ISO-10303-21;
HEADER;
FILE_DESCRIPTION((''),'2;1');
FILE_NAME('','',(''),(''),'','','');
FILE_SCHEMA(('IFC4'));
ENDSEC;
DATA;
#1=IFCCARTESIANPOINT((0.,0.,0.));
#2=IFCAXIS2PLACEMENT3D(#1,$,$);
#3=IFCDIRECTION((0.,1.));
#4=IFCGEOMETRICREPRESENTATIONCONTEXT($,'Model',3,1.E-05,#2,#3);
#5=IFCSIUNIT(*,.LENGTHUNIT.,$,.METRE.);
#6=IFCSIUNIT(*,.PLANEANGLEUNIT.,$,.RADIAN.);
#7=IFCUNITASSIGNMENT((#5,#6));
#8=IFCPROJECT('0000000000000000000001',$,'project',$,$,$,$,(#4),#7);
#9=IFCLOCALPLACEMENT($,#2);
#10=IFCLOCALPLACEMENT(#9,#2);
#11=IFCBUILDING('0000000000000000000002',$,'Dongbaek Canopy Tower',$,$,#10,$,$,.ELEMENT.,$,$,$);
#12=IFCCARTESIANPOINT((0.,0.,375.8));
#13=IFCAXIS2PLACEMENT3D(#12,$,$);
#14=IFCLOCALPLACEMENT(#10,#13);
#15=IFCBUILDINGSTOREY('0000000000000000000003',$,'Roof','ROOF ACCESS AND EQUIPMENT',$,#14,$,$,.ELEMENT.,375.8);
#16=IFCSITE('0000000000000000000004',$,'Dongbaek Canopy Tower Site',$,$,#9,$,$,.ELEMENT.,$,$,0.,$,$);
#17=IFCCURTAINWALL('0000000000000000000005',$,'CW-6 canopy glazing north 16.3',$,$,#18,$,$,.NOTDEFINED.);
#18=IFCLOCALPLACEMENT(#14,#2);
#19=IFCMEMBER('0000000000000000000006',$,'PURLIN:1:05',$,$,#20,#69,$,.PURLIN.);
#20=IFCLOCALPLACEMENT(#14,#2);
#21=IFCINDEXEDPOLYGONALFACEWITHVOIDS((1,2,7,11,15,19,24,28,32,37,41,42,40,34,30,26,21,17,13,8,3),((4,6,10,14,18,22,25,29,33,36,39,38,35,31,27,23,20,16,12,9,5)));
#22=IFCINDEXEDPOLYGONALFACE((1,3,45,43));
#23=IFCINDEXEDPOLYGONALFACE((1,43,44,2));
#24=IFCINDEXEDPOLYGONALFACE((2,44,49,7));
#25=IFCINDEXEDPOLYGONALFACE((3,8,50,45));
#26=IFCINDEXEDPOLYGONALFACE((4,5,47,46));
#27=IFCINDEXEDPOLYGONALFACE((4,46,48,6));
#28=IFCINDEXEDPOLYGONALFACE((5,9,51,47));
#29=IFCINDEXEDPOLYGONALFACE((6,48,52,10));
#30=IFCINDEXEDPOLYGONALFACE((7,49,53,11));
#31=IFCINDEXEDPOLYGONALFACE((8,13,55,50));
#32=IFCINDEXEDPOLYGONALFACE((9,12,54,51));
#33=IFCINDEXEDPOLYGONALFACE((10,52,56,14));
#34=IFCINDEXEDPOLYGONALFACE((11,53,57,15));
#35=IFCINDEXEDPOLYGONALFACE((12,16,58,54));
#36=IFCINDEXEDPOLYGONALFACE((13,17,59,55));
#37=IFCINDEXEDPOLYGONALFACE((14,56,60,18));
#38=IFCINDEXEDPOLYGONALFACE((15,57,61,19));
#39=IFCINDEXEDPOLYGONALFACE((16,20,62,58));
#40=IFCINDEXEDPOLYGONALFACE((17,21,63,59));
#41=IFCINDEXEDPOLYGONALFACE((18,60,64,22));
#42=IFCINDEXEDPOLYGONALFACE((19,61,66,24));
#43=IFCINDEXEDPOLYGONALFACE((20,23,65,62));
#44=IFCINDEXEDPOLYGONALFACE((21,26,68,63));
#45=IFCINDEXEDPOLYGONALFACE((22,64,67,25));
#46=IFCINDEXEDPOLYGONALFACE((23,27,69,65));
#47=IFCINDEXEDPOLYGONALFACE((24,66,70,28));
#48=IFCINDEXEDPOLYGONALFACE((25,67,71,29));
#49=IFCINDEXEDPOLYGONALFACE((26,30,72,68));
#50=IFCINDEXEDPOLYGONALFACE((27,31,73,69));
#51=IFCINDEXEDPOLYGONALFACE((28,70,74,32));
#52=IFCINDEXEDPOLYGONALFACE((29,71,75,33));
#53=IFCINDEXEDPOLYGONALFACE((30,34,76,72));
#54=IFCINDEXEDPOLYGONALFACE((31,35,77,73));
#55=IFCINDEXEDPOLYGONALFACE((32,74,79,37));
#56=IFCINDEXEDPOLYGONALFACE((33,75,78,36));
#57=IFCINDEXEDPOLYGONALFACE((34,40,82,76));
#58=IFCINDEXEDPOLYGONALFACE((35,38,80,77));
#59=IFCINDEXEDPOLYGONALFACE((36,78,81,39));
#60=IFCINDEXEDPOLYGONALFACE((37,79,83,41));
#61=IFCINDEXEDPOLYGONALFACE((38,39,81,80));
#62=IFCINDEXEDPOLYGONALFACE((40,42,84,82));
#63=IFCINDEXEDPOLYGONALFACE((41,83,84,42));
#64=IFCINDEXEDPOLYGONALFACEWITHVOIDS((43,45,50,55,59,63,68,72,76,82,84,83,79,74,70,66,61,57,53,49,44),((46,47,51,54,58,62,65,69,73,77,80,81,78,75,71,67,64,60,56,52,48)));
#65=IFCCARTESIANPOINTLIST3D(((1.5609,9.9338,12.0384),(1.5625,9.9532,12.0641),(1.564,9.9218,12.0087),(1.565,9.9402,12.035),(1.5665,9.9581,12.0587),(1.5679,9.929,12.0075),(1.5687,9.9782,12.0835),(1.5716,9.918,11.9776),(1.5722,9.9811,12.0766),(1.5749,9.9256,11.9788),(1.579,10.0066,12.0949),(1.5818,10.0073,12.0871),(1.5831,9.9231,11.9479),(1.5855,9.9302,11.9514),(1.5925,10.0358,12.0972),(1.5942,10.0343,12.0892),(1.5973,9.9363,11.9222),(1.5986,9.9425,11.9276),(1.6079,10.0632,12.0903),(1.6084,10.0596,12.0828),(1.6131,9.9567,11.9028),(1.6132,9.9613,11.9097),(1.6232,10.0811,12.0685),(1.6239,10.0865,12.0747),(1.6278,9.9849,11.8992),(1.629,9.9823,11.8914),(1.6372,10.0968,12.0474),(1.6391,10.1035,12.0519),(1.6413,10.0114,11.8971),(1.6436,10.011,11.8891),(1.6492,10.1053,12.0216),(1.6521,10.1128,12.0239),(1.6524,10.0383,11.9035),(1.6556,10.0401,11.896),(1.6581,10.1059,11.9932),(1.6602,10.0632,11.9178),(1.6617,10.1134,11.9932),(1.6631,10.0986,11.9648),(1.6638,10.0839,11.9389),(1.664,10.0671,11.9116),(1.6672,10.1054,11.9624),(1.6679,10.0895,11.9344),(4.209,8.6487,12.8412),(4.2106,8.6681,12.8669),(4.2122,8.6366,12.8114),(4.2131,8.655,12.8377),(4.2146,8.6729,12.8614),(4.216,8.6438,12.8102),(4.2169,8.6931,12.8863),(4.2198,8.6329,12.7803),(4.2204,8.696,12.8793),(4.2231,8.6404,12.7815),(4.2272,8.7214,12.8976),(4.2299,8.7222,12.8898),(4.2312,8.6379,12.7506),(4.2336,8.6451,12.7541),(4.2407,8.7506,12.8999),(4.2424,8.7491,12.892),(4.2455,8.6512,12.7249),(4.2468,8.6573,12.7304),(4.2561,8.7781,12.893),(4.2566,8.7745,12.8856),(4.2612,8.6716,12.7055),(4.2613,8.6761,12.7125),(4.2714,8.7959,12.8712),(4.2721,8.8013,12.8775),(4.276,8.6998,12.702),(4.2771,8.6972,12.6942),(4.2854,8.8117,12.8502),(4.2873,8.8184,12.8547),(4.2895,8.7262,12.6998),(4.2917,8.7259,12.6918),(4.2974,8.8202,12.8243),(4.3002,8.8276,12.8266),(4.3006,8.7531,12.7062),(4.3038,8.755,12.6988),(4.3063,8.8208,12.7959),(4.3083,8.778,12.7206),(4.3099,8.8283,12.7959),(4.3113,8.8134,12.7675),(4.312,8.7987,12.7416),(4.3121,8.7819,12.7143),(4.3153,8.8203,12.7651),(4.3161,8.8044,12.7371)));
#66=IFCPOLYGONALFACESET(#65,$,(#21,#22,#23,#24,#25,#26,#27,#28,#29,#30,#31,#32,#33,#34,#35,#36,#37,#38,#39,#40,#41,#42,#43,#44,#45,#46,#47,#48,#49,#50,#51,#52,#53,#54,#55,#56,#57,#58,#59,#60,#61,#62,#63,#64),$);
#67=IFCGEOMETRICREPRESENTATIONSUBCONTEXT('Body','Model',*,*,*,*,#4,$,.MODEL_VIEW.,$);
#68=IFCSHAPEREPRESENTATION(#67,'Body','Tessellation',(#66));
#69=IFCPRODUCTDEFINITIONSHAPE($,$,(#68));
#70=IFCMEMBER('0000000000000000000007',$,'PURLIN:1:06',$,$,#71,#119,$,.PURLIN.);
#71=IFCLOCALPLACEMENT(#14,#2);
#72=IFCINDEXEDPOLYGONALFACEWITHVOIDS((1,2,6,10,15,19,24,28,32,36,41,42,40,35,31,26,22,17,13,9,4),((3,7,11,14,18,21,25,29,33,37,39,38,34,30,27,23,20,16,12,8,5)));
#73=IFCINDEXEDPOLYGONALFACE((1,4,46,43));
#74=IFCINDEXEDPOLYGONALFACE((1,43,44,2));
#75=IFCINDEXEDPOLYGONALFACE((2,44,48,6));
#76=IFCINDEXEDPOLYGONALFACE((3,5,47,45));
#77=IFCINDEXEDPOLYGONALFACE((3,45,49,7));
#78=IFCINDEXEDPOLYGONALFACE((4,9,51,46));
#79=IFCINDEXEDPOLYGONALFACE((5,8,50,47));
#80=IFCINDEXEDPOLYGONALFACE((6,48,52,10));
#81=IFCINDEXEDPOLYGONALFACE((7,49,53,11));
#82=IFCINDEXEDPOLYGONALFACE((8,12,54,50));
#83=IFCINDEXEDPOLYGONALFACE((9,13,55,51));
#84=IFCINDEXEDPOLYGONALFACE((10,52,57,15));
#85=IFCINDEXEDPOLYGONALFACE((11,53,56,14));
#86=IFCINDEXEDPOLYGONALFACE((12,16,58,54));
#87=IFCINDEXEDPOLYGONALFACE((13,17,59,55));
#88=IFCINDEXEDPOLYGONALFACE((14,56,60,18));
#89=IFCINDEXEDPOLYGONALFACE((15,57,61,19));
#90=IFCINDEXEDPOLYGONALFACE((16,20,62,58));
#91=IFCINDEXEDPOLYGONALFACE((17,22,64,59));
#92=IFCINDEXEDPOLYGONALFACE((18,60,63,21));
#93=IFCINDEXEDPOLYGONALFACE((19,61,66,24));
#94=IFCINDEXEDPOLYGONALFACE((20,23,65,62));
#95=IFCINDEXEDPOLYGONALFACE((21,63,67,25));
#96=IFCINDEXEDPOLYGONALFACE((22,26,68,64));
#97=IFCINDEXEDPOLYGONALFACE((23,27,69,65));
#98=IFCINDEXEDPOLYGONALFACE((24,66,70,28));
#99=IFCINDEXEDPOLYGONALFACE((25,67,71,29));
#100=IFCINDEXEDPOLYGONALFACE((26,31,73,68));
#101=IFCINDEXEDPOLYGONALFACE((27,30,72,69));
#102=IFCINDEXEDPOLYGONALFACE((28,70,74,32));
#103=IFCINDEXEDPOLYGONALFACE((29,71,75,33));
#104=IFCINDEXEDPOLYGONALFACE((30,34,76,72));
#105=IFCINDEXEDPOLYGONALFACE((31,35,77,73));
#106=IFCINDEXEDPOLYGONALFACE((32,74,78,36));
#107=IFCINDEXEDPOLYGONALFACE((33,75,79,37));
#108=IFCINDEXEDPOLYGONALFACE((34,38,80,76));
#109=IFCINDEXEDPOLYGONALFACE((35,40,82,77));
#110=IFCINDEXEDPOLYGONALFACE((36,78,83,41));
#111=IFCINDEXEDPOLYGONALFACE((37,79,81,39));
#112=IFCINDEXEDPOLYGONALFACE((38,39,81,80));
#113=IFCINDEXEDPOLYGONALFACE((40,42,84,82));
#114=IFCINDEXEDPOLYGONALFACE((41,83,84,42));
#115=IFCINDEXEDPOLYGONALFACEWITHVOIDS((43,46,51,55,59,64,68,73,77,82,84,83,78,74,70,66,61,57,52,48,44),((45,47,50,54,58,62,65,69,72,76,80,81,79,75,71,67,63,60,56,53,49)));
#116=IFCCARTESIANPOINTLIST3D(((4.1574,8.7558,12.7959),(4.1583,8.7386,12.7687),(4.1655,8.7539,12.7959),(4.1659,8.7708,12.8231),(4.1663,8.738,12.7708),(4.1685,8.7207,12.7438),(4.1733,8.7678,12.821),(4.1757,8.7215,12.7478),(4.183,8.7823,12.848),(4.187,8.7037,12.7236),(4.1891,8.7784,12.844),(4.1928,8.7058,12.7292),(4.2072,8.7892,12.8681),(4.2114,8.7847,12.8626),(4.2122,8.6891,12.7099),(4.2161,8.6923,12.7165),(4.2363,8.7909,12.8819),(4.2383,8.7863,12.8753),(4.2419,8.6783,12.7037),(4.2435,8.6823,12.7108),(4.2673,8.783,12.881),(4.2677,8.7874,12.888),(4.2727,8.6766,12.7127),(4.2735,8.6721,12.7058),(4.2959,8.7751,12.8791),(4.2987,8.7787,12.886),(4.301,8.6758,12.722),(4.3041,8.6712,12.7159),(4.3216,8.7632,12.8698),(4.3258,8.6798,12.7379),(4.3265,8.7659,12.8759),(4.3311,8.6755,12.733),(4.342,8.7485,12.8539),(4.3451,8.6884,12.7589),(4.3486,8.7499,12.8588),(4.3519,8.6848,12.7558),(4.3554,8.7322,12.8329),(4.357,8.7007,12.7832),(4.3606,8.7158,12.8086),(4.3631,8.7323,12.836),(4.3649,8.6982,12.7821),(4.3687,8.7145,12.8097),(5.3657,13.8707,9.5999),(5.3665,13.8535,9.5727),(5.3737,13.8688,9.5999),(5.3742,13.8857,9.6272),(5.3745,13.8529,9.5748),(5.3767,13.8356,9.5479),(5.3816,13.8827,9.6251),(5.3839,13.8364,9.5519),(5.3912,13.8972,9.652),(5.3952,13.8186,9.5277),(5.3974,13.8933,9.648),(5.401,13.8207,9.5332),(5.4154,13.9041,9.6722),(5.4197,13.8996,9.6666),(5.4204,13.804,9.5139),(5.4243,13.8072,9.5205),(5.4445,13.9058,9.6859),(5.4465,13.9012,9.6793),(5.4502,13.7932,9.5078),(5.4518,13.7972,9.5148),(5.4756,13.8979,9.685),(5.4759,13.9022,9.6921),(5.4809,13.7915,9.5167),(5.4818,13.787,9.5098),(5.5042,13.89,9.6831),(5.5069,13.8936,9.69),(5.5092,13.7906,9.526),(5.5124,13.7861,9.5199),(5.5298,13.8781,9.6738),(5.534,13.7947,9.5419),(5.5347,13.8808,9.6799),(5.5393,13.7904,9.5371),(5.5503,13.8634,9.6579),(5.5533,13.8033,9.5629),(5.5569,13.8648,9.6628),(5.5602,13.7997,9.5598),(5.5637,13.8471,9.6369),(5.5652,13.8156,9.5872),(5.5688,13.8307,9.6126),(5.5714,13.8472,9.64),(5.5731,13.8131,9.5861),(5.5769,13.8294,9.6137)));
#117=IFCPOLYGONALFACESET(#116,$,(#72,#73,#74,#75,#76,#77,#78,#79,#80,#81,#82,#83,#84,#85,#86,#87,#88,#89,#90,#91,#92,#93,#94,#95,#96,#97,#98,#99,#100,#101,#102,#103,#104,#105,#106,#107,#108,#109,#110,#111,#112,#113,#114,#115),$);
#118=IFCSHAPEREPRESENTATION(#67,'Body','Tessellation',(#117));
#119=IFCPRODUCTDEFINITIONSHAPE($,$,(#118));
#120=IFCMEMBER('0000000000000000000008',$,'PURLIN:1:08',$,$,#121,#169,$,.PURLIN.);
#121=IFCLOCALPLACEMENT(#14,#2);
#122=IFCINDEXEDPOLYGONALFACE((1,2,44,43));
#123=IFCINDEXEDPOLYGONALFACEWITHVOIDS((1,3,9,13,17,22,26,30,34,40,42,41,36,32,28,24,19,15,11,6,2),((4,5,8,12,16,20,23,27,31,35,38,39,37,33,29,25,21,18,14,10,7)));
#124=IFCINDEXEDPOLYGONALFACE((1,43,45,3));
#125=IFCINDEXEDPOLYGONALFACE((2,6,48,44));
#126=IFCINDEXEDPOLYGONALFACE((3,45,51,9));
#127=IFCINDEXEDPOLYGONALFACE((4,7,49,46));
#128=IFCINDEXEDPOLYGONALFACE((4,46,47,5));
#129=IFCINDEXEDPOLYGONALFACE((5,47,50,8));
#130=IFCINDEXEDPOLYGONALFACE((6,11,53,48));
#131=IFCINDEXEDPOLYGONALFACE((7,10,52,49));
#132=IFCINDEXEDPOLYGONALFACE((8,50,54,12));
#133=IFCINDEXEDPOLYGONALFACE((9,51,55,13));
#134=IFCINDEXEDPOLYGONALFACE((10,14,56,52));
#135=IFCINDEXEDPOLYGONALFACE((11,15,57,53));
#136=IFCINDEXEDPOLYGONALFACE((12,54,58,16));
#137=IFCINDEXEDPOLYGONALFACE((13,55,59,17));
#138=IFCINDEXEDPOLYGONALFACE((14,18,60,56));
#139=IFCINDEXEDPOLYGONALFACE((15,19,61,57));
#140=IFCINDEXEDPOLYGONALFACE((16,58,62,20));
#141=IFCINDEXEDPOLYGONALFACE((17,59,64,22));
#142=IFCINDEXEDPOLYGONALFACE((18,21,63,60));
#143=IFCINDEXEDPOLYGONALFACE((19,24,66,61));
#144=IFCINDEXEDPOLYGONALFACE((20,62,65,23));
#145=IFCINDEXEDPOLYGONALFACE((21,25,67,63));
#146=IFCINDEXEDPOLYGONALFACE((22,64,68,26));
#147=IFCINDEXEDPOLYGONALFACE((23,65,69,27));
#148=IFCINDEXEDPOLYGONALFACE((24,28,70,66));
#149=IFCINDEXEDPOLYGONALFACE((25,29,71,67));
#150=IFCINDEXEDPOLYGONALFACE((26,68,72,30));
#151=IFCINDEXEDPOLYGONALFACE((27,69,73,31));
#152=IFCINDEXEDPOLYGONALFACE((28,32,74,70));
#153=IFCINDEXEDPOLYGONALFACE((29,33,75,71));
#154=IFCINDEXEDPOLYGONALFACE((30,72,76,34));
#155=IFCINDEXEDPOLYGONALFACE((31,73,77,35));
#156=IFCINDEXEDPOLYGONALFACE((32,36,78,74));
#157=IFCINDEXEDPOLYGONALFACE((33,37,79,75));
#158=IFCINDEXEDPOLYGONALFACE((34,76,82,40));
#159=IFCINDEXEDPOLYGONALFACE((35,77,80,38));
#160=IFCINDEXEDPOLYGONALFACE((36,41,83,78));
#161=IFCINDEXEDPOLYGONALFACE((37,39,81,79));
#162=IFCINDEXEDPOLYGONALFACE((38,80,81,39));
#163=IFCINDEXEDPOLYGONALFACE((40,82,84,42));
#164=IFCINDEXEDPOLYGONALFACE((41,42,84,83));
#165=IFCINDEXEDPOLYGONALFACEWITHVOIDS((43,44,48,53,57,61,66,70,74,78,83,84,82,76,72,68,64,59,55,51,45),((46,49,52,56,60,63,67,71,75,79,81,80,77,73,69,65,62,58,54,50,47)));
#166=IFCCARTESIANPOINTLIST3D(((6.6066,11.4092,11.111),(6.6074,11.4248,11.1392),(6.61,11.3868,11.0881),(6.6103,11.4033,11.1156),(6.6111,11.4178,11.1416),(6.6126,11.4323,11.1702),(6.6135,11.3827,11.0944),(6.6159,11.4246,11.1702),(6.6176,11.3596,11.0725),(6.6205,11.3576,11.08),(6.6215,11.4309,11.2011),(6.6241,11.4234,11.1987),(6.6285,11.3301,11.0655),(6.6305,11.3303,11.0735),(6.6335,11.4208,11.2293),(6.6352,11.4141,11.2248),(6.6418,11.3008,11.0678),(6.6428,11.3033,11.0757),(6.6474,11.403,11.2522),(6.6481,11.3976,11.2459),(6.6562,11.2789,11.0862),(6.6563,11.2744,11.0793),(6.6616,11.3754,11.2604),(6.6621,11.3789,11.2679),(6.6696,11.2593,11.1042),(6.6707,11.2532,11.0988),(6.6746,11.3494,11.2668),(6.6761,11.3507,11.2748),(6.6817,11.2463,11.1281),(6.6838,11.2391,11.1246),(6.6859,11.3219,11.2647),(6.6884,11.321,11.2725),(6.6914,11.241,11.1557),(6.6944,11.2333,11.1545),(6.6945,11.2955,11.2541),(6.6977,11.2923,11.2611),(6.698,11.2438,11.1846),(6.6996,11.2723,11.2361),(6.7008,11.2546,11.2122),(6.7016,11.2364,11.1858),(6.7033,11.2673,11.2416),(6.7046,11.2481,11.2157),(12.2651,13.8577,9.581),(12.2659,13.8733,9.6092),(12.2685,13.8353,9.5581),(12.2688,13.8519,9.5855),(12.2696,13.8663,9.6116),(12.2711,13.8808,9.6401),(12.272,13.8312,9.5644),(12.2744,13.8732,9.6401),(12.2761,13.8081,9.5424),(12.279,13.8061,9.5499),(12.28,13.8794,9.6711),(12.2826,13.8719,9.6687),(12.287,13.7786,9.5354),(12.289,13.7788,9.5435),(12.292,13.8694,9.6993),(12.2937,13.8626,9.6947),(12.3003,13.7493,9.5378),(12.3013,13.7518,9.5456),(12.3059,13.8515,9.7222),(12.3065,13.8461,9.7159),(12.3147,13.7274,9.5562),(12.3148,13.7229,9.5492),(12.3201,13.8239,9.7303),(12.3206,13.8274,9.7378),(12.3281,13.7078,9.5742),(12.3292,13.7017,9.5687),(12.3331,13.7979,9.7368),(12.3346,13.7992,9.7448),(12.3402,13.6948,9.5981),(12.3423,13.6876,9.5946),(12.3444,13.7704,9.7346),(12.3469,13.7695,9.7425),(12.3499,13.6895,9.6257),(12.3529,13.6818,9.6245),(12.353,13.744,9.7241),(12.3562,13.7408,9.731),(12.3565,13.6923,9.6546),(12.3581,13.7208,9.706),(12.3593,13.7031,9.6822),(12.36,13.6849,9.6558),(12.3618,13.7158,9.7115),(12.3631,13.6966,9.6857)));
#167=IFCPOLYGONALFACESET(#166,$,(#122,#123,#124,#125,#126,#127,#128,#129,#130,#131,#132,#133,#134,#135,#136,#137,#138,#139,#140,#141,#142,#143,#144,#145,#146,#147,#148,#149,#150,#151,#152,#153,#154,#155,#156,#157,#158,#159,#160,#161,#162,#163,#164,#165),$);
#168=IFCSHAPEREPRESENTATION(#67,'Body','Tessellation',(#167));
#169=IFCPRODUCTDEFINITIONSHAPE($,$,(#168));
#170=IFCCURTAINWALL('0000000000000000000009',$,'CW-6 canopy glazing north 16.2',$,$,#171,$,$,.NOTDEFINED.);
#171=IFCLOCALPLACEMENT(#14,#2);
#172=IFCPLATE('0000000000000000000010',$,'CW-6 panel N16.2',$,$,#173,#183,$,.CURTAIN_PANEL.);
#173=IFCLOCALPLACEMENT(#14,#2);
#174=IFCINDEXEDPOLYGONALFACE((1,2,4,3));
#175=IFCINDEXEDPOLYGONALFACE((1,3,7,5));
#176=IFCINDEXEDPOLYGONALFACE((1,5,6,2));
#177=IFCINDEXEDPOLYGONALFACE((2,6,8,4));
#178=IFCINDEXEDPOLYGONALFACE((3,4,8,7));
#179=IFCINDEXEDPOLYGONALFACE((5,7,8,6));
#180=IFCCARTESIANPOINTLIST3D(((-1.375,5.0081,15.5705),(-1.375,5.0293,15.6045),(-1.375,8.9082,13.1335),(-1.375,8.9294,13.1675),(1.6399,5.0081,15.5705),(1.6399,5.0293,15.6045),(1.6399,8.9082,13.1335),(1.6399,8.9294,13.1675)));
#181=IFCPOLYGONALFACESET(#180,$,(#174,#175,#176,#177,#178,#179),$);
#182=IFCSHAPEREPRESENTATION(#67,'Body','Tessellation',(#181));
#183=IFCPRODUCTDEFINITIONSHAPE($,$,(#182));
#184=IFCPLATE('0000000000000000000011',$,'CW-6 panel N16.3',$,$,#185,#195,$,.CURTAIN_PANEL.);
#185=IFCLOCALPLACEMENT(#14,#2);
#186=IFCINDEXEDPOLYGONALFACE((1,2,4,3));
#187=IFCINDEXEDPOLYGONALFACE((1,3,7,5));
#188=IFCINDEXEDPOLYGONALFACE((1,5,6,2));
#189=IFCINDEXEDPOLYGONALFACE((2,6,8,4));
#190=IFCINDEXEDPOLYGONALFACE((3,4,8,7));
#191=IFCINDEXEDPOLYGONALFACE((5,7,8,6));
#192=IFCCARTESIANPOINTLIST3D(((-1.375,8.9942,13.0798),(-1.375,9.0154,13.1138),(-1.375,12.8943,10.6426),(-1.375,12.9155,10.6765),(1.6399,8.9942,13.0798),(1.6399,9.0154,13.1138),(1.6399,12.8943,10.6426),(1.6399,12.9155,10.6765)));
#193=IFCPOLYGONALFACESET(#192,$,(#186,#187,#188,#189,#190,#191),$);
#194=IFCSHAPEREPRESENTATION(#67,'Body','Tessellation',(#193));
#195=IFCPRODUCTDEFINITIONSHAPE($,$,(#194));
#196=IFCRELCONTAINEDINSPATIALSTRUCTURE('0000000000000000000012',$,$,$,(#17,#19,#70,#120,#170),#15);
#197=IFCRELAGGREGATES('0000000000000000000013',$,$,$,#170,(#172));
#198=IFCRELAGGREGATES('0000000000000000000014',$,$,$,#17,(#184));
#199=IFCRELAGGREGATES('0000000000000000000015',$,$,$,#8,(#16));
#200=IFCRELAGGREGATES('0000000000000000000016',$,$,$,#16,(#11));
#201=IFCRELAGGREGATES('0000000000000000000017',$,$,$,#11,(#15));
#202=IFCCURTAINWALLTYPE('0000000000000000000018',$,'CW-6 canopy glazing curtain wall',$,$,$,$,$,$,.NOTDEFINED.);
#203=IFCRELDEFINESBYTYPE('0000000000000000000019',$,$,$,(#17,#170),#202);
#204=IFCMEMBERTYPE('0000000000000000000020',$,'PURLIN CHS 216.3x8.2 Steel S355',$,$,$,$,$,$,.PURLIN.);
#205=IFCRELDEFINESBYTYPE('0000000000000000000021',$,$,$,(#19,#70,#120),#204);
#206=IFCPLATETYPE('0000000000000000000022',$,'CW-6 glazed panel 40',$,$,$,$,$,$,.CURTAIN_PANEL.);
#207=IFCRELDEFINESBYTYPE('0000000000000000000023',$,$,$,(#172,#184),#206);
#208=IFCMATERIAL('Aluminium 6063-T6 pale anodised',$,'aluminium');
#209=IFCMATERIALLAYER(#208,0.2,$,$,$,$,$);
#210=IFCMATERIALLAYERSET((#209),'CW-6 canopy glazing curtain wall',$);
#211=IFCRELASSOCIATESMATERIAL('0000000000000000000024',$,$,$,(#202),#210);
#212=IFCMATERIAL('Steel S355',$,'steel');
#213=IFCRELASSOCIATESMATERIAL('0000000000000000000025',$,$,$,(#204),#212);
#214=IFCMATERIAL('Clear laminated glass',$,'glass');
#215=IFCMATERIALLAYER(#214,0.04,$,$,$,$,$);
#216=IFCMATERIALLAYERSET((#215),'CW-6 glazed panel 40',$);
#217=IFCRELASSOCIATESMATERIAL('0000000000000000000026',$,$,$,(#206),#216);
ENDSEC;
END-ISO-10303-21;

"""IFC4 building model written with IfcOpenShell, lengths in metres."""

from ifc_helpers import new_model, si_unit, direction, frame, origin, origin_2d, place, context, subcontext, project, spatial, polyline, hollow_circle, outline, extrude, material, layer, layer_set, material_profile, profile_set, type_object, element, aggregate, save


model = new_model("IFC4")

# Units and contexts
model_context = context("Model", 3, precision=1e-05, world=origin(), true_north=direction((0.0, 1.0)))
body_context = subcontext(model_context, "Body", "Model", "MODEL_VIEW")
ifc_project = project(units=[si_unit("LENGTHUNIT", "METRE"), si_unit("PLANEANGLEUNIT", "RADIAN")], contexts=[model_context])

# Site, building, storey
site_placement = place(None, origin())
site = spatial("IfcSite", under=ifc_project, at=site_placement, Name="Dongbaek Canopy Tower Site", CompositionType="ELEMENT", RefElevation=0.0)
building_placement = place(site_placement, origin())
building = spatial("IfcBuilding", under=site, at=building_placement, Name="Dongbaek Canopy Tower", CompositionType="ELEMENT")
storey_placement = place(building_placement, frame((0.0, 0.0, 375.8)))
storey = spatial("IfcBuildingStorey", under=building, at=storey_placement, Name="Roof", Description="ROOF ACCESS AND EQUIPMENT", CompositionType="ELEMENT", Elevation=375.8)

# Curtain wall
ifc_material_1 = material(Name="Aluminium 6063-T6 pale anodised", Category="aluminium")
ifc_layer_1 = layer(ifc_material_1, 0.2)
ifc_layer_set_1 = layer_set([ifc_layer_1], Name="CW-6 canopy glazing curtain wall")
curtain_wall_type = type_object("IfcCurtainWallType", Name="CW-6 canopy glazing curtain wall", PredefinedType="NOTDEFINED", material=ifc_layer_set_1)
curtain_wall_1_placement = place(storey_placement, origin())
curtain_wall_1 = element("IfcCurtainWall", 1, at=curtain_wall_1_placement, inside=storey, type_object=curtain_wall_type, Name="CW-6 canopy glazing north 16.3", PredefinedType="NOTDEFINED")

# Members
ifc_material_2 = material(Name="Steel S355", Category="steel")
ifc_material_profile_1 = material_profile(ifc_material_2, hollow_circle(Radius=0.1082, WallThickness=0.0083, at=origin_2d()), Name="PURLIN CHS 216.3x8.2 Steel S355")
ifc_profile_set_1 = profile_set([ifc_material_profile_1], Name="Steel S355")
member_type_1 = type_object("IfcMemberType", Name="PURLIN CHS 216.3x8.2 Steel S355", PredefinedType="PURLIN", material=ifc_profile_set_1)
member_1_placement = place(storey_placement, frame((1.6145, 10.0161, 11.9932), z_axis=(0.86796, -0.421217, 0.263101), x_axis=(0.436599, 0.899656, 0.0)))
element("IfcMember", 2, at=member_1_placement, inside=storey, type_object=member_type_1, Name="PURLIN:1:05", PredefinedType="PURLIN", context=body_context, shape_type="SweptSolid", body=[
    extrude(hollow_circle(Radius=0.1082, WallThickness=0.0083, at=origin_2d()), origin(), (0.0, 0.0, 1.0), 3.051),
])
member_2_placement = place(storey_placement, frame((4.2627, 8.731, 12.7959), z_axis=(0.196424, 0.831539, -0.519578), x_axis=(-0.973216, 0.229891, 0.0)))
element("IfcMember", 3, at=member_2_placement, inside=storey, type_object=member_type_1, Name="PURLIN:1:06", PredefinedType="PURLIN", context=body_context, shape_type="SweptSolid", body=[
    extrude(hollow_circle(Radius=0.1082, WallThickness=0.0083, at=origin_2d()), origin(), (0.0, 0.0, 1.0), 6.1511),
])
member_3_placement = place(storey_placement, frame((6.6555, 11.333, 11.1702), z_axis=(0.890745, 0.385437, -0.240855), x_axis=(-0.397128, 0.917763, 0.0)))
element("IfcMember", 4, at=member_3_placement, inside=storey, type_object=member_type_1, Name="PURLIN:1:08", PredefinedType="PURLIN", context=body_context, shape_type="SweptSolid", body=[
    extrude(hollow_circle(Radius=0.1082, WallThickness=0.0083, at=origin_2d()), origin(), (0.0, 0.0, 1.0), 6.3525),
])

# Curtain wall, plate
curtain_wall_2_placement = place(storey_placement, origin())
curtain_wall_2 = element("IfcCurtainWall", 5, at=curtain_wall_2_placement, inside=storey, type_object=curtain_wall_type, Name="CW-6 canopy glazing north 16.2", PredefinedType="NOTDEFINED")
ifc_material_3 = material(Name="Clear laminated glass", Category="glass")
ifc_layer_2 = layer(ifc_material_3, 0.04)
ifc_layer_set_2 = layer_set([ifc_layer_2], Name="CW-6 glazed panel 40")
plate_type = type_object("IfcPlateType", Name="CW-6 glazed panel 40", PredefinedType="CURTAIN_PANEL", material=ifc_layer_set_2)
plate_1_placement = place(storey_placement, frame((1.6399, 5.0293, 15.6045), z_axis=(0.0, 0.529908, 0.848055), x_axis=(-1.0, 0.0, 0.0)))
plate_1 = element("IfcPlate", 6, at=plate_1_placement, type_object=plate_type, Name="CW-6 panel N16.2", PredefinedType="CURTAIN_PANEL", context=body_context, shape_type="SweptSolid", body=[
    extrude(outline(polyline([(0.0, 0.0), (3.0149, 0.0), (3.0149, -4.5989), (0.0, -4.5989), (0.0, 0.0)])), origin(), (0.0, 0.0, -1.0), 0.04),
])
aggregate(curtain_wall_2, [plate_1])

# Plate
plate_2_placement = place(storey_placement, frame((1.6399, 9.0154, 13.1138), z_axis=(0.0, 0.529946, 0.848031), x_axis=(-1.0, 0.0, 0.0)))
plate_2 = element("IfcPlate", 7, at=plate_2_placement, type_object=plate_type, Name="CW-6 panel N16.3", PredefinedType="CURTAIN_PANEL", context=body_context, shape_type="SweptSolid", body=[
    extrude(outline(polyline([(0.0, 0.0), (3.0149, 0.0), (3.0149, -4.5991), (0.0, -4.5991), (0.0, 0.0)])), origin(), (0.0, 0.0, -1.0), 0.04),
])
aggregate(curtain_wall_1, [plate_2])

save(model, "model.ifc")
